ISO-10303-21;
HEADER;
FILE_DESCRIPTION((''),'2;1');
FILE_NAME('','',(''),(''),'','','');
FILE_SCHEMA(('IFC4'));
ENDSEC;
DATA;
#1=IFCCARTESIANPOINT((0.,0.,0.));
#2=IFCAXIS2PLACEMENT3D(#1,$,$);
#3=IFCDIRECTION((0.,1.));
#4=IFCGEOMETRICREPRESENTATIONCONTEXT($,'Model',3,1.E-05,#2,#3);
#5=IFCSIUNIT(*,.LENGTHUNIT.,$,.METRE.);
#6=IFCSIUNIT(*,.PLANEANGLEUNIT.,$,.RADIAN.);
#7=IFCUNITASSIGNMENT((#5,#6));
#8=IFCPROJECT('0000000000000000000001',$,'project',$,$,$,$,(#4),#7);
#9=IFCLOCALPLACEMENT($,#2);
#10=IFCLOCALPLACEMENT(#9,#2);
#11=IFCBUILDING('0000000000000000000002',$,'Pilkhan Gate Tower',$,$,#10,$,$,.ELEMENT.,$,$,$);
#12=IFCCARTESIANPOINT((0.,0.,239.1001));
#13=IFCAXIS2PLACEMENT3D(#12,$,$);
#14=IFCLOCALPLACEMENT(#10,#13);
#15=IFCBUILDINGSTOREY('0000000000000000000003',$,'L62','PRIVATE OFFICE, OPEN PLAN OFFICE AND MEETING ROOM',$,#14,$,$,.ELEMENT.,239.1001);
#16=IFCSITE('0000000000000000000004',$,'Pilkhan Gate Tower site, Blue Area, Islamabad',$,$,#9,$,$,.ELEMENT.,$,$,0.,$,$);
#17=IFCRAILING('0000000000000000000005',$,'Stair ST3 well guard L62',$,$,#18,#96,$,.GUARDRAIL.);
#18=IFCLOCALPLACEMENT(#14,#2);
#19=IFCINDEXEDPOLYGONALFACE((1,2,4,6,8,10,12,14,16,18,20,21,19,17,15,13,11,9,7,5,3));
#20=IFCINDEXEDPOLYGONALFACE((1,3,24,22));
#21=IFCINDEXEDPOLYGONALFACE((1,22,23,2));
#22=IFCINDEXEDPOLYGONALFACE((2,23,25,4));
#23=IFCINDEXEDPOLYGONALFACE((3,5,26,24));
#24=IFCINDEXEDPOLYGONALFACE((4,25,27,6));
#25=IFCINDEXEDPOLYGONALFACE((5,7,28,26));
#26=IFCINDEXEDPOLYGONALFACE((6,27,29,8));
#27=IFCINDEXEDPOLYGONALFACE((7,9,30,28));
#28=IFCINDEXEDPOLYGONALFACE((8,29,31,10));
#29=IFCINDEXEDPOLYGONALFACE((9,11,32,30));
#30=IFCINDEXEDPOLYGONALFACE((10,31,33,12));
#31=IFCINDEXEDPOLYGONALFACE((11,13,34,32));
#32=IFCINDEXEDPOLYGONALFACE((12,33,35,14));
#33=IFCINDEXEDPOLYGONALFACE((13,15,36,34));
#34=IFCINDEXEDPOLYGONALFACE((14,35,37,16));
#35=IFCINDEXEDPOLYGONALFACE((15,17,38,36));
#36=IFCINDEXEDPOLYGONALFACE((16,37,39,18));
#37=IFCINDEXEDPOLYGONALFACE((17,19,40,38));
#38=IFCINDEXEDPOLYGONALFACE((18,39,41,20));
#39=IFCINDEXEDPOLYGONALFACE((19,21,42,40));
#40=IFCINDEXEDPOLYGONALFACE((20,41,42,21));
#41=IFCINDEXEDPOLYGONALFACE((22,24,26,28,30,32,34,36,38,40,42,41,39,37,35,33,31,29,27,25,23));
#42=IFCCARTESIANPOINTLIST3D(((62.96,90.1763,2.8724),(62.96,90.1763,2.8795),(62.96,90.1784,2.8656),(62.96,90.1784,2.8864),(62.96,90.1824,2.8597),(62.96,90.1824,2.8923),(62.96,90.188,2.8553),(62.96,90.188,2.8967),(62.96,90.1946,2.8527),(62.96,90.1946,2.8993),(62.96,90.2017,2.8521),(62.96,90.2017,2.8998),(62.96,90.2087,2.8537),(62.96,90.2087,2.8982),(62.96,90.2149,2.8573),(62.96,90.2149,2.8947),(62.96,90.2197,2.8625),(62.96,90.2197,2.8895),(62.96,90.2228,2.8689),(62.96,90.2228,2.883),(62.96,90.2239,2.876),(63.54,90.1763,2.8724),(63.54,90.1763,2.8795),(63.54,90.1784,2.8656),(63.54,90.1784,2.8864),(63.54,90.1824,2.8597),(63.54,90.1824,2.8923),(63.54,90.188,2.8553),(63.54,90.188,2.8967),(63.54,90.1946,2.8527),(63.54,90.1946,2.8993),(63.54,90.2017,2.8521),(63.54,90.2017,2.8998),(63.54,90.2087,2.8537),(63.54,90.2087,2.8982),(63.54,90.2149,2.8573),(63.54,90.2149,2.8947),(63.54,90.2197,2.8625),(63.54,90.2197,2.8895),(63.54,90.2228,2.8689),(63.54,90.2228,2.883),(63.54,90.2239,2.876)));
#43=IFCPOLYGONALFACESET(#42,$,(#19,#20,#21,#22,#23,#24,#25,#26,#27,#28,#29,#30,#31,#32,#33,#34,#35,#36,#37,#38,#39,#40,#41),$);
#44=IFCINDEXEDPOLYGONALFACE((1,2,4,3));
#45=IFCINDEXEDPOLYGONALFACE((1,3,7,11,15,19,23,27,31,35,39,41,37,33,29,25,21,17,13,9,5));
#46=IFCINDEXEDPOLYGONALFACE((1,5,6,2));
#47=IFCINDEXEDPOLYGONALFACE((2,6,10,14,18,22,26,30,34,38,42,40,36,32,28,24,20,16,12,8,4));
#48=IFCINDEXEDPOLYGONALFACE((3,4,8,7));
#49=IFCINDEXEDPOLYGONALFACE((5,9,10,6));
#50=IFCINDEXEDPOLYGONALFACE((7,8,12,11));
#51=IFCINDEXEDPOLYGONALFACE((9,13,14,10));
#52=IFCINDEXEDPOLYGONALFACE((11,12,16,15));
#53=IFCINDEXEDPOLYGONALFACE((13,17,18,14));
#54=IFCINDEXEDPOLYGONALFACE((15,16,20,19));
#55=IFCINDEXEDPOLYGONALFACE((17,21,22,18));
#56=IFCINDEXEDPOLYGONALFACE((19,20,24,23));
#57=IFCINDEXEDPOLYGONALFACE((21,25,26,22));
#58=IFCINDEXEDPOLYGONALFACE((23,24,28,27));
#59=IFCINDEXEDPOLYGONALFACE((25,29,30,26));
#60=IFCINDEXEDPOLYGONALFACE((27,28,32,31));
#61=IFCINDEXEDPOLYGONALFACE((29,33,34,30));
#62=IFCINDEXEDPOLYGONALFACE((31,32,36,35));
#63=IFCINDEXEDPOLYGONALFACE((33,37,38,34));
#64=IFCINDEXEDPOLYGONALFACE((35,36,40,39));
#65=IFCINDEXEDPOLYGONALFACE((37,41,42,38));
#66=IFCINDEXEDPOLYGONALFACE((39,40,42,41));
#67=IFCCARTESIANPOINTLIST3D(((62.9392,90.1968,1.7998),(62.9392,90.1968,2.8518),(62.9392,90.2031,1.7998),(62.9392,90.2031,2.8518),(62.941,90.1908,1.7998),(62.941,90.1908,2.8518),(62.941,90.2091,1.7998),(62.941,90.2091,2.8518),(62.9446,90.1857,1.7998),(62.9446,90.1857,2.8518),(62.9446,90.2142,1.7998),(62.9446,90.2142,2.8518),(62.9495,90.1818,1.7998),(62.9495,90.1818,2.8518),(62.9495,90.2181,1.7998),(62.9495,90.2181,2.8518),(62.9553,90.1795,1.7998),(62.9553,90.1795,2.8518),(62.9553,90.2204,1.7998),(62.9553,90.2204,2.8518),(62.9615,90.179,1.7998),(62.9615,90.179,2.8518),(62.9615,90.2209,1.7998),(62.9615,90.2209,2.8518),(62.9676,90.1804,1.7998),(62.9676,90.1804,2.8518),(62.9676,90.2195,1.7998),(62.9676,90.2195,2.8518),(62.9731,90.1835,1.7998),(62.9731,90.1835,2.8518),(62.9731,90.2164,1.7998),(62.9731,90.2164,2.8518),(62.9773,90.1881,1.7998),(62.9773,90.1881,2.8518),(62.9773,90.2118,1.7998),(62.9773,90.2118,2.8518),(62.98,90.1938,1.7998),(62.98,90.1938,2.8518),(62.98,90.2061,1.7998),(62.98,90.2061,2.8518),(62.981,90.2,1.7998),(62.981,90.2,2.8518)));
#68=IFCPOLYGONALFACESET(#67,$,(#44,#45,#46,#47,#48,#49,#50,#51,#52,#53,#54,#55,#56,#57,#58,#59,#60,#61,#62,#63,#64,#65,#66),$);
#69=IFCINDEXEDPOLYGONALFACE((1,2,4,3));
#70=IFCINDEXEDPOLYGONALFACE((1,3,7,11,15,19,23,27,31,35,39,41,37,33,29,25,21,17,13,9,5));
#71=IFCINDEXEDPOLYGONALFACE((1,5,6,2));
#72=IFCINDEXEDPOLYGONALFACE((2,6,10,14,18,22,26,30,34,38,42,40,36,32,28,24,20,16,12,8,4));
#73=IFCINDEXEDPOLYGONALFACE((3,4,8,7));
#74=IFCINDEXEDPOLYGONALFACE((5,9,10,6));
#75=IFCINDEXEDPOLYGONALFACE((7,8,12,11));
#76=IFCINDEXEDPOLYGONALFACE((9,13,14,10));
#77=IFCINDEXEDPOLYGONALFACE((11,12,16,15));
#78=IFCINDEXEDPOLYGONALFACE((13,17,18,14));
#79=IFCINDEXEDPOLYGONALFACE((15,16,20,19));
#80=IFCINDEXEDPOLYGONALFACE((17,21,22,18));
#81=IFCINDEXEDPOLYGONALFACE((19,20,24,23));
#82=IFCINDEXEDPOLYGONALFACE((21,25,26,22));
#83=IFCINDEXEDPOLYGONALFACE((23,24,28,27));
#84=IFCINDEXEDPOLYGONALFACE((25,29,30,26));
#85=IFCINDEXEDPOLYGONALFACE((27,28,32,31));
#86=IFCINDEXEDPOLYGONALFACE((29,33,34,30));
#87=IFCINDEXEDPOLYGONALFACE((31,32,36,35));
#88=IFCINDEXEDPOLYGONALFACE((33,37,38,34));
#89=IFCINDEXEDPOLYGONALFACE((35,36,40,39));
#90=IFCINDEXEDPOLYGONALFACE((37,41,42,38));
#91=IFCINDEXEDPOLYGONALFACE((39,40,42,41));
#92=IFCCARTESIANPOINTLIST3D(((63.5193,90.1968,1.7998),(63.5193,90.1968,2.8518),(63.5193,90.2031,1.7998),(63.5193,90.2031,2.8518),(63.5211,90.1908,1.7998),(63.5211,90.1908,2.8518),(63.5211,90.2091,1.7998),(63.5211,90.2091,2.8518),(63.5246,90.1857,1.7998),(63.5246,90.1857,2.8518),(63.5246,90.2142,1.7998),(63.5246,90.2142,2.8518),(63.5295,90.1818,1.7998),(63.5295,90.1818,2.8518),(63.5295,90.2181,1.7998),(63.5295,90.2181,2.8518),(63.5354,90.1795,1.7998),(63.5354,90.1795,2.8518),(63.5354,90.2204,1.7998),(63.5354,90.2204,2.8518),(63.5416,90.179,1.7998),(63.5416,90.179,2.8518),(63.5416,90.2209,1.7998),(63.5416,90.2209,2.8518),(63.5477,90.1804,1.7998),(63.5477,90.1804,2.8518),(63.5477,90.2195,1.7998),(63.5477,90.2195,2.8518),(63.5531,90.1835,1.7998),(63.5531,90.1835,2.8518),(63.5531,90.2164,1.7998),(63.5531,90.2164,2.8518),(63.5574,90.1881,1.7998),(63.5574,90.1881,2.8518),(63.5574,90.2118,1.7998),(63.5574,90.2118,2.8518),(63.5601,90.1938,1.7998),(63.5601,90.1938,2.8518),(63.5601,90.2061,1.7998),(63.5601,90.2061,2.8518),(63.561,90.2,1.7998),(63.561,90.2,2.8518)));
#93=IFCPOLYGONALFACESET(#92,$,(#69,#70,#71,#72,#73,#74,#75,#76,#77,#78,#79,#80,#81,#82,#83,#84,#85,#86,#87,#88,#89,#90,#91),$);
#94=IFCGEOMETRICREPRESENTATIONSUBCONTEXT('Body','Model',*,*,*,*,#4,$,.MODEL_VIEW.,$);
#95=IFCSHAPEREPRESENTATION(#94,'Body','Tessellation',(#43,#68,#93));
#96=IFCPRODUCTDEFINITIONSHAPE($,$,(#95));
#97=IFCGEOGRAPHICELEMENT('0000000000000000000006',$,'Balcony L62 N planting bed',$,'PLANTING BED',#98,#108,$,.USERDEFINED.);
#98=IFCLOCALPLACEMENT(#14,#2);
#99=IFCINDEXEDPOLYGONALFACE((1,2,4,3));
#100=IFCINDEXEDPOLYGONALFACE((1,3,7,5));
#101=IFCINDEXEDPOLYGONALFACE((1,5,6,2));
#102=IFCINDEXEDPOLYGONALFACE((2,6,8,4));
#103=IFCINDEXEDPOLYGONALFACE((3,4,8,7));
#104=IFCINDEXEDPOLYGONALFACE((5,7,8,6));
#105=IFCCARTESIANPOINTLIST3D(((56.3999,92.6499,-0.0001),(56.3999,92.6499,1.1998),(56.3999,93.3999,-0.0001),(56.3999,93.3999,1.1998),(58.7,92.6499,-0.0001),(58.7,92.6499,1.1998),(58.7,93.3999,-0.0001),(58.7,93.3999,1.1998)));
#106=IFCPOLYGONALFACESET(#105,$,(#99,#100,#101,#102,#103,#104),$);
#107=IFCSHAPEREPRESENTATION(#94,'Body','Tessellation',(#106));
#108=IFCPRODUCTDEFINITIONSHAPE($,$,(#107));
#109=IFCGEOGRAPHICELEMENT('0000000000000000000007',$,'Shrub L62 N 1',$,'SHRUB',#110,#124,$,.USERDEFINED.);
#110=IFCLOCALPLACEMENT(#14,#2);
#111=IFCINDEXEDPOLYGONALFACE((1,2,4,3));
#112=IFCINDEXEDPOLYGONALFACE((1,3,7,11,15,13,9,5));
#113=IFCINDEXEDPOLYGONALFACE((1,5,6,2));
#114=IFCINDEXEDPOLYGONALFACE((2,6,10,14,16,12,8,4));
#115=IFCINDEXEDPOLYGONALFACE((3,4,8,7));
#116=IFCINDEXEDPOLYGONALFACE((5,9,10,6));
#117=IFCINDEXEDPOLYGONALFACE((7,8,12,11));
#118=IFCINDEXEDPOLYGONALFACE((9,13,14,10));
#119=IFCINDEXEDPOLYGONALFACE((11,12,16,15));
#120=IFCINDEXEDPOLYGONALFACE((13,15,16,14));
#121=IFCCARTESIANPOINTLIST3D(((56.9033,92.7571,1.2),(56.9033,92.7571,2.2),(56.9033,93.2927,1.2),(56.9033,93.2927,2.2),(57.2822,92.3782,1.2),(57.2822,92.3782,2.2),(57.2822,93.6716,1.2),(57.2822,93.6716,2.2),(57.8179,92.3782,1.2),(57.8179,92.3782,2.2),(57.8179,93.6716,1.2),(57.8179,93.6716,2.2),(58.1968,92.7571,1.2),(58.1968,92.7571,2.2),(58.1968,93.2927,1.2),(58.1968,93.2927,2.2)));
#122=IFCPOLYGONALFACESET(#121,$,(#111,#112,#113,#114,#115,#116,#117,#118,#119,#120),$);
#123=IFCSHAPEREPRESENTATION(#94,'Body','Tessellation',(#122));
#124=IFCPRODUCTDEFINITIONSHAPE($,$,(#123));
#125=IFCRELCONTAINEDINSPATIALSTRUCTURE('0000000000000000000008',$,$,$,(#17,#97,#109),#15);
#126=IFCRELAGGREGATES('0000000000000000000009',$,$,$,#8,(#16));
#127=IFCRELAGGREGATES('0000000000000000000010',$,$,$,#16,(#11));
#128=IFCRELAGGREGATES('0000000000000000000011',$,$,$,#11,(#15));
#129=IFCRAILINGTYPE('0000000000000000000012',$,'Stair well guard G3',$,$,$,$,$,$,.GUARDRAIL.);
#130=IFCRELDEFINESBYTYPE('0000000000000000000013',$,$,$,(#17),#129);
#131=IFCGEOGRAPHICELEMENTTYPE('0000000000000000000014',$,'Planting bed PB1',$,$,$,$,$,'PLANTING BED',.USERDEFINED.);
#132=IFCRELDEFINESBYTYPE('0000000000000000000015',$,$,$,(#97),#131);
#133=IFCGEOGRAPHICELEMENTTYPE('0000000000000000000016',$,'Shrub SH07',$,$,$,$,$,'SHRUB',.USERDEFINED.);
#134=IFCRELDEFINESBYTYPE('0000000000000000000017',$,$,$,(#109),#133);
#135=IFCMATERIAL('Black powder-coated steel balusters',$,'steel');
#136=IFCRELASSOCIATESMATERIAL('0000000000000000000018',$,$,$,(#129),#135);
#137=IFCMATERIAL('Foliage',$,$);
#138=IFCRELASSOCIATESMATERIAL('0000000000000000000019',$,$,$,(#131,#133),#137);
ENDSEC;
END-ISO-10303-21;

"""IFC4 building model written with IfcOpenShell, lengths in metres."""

from ifc_helpers import new_model, si_unit, direction, frame, origin, origin_2d, place, context, subcontext, project, spatial, polyline, rectangle, circle, outline, extrude, material, material_profile, profile_set, type_object, element, save


model = new_model("IFC4")

# Units and contexts
model_context = context("Model", 3, precision=1e-05, world=origin(), true_north=direction((0.0, 1.0)))
body_context = subcontext(model_context, "Body", "Model", "MODEL_VIEW")
ifc_project = project(units=[si_unit("LENGTHUNIT", "METRE"), si_unit("PLANEANGLEUNIT", "RADIAN")], contexts=[model_context])

# Site, building, storey
site_placement = place(None, origin())
site = spatial("IfcSite", under=ifc_project, at=site_placement, Name="Pilkhan Gate Tower site, Blue Area, Islamabad", CompositionType="ELEMENT", RefElevation=0.0)
building_placement = place(site_placement, origin())
building = spatial("IfcBuilding", under=site, at=building_placement, Name="Pilkhan Gate Tower", CompositionType="ELEMENT")
storey_placement = place(building_placement, frame((0.0, 0.0, 239.1001)))
storey = spatial("IfcBuildingStorey", under=building, at=storey_placement, Name="L62", Description="PRIVATE OFFICE, OPEN PLAN OFFICE AND MEETING ROOM", CompositionType="ELEMENT", Elevation=239.1001)

# Railing
ifc_material_1 = material(Name="Black powder-coated steel balusters", Category="steel")
railing_type_1 = type_object("IfcRailingType", Name="Stair well guard G3", PredefinedType="GUARDRAIL", material=ifc_material_1)
for number, where, name in (
    (1, (62.96, 90.2, 1.7998), "Stair ST3 well guard L62"),
):
    element("IfcRailing", number, at=place(storey_placement, frame(where)), inside=storey, type_object=railing_type_1, Name=name, PredefinedType="GUARDRAIL", context=body_context, shape_type="SweptSolid", body=[
        extrude(circle(Radius=0.0239, at=origin_2d()), frame((0.0, 0.0, 1.0762), z_axis=(1.0, 0.0, 0.0), x_axis=(0.0, 1.0, 0.0)), (0.0, 0.0, 1.0), 0.5801),
        extrude(circle(Radius=0.021, at=origin_2d()), origin(), (0.0, 0.0, 1.0), 1.052),
        extrude(circle(Radius=0.021, at=origin_2d()), frame((0.5801, 0.0, 0.0)), (0.0, 0.0, 1.0), 1.052),
    ])

# Geographic elements
ifc_material_2 = material(Name="Foliage")
ifc_material_profile_1 = material_profile(ifc_material_2, rectangle(XDim=0.75, YDim=1.2, at=origin_2d()), Name="Bed 750x1200")
ifc_profile_set_1 = profile_set([ifc_material_profile_1], Name="Foliage")
geographic_element_type_1 = type_object("IfcGeographicElementType", Name="Planting bed PB1", ElementType="PLANTING BED", PredefinedType="USERDEFINED", material=ifc_profile_set_1)
geographic_element_1_placement = place(storey_placement, frame((56.3999, 93.0249, 0.5999), z_axis=(1.0, 0.0, 0.0), x_axis=(0.0, 1.0, 0.0)))
element("IfcGeographicElement", 2, at=geographic_element_1_placement, inside=storey, type_object=geographic_element_type_1, Name="Balcony L62 N planting bed", ObjectType="PLANTING BED", PredefinedType="USERDEFINED", context=body_context, shape_type="SweptSolid", body=[
    extrude(rectangle(XDim=0.75, YDim=1.2, at=origin_2d()), origin(), (0.0, 0.0, 1.0), 2.3),
])
ifc_material_profile_2 = material_profile(ifc_material_2, outline(polyline([(0.6467, 0.2678), (0.2678, 0.6467), (-0.2678, 0.6467), (-0.6467, 0.2678), (-0.6467, -0.2678), (-0.2678, -0.6467), (0.2678, -0.6467), (0.6467, -0.2678), (0.6467, 0.2678)])), Name="Shrub D1.4")
ifc_profile_set_2 = profile_set([ifc_material_profile_2], Name="Foliage")
geographic_element_type_2 = type_object("IfcGeographicElementType", Name="Shrub SH07", ElementType="SHRUB", PredefinedType="USERDEFINED", material=ifc_profile_set_2)
geographic_element_2_placement = place(storey_placement, frame((57.55, 93.0249, 1.2), z_axis=(0.0, 0.0, 1.0), x_axis=(1.0, 0.0, 0.0)))
element("IfcGeographicElement", 3, at=geographic_element_2_placement, inside=storey, type_object=geographic_element_type_2, Name="Shrub L62 N 1", ObjectType="SHRUB", PredefinedType="USERDEFINED", context=body_context, shape_type="SweptSolid", body=[
    extrude(outline(polyline([(0.6467, 0.2678), (0.2678, 0.6467), (-0.2678, 0.6467), (-0.6467, 0.2678), (-0.6467, -0.2678), (-0.2678, -0.6467), (0.2678, -0.6467), (0.6467, -0.2678), (0.6467, 0.2678)])), origin(), (0.0, 0.0, 1.0), 1.0),
])

save(model, "model.ifc")
